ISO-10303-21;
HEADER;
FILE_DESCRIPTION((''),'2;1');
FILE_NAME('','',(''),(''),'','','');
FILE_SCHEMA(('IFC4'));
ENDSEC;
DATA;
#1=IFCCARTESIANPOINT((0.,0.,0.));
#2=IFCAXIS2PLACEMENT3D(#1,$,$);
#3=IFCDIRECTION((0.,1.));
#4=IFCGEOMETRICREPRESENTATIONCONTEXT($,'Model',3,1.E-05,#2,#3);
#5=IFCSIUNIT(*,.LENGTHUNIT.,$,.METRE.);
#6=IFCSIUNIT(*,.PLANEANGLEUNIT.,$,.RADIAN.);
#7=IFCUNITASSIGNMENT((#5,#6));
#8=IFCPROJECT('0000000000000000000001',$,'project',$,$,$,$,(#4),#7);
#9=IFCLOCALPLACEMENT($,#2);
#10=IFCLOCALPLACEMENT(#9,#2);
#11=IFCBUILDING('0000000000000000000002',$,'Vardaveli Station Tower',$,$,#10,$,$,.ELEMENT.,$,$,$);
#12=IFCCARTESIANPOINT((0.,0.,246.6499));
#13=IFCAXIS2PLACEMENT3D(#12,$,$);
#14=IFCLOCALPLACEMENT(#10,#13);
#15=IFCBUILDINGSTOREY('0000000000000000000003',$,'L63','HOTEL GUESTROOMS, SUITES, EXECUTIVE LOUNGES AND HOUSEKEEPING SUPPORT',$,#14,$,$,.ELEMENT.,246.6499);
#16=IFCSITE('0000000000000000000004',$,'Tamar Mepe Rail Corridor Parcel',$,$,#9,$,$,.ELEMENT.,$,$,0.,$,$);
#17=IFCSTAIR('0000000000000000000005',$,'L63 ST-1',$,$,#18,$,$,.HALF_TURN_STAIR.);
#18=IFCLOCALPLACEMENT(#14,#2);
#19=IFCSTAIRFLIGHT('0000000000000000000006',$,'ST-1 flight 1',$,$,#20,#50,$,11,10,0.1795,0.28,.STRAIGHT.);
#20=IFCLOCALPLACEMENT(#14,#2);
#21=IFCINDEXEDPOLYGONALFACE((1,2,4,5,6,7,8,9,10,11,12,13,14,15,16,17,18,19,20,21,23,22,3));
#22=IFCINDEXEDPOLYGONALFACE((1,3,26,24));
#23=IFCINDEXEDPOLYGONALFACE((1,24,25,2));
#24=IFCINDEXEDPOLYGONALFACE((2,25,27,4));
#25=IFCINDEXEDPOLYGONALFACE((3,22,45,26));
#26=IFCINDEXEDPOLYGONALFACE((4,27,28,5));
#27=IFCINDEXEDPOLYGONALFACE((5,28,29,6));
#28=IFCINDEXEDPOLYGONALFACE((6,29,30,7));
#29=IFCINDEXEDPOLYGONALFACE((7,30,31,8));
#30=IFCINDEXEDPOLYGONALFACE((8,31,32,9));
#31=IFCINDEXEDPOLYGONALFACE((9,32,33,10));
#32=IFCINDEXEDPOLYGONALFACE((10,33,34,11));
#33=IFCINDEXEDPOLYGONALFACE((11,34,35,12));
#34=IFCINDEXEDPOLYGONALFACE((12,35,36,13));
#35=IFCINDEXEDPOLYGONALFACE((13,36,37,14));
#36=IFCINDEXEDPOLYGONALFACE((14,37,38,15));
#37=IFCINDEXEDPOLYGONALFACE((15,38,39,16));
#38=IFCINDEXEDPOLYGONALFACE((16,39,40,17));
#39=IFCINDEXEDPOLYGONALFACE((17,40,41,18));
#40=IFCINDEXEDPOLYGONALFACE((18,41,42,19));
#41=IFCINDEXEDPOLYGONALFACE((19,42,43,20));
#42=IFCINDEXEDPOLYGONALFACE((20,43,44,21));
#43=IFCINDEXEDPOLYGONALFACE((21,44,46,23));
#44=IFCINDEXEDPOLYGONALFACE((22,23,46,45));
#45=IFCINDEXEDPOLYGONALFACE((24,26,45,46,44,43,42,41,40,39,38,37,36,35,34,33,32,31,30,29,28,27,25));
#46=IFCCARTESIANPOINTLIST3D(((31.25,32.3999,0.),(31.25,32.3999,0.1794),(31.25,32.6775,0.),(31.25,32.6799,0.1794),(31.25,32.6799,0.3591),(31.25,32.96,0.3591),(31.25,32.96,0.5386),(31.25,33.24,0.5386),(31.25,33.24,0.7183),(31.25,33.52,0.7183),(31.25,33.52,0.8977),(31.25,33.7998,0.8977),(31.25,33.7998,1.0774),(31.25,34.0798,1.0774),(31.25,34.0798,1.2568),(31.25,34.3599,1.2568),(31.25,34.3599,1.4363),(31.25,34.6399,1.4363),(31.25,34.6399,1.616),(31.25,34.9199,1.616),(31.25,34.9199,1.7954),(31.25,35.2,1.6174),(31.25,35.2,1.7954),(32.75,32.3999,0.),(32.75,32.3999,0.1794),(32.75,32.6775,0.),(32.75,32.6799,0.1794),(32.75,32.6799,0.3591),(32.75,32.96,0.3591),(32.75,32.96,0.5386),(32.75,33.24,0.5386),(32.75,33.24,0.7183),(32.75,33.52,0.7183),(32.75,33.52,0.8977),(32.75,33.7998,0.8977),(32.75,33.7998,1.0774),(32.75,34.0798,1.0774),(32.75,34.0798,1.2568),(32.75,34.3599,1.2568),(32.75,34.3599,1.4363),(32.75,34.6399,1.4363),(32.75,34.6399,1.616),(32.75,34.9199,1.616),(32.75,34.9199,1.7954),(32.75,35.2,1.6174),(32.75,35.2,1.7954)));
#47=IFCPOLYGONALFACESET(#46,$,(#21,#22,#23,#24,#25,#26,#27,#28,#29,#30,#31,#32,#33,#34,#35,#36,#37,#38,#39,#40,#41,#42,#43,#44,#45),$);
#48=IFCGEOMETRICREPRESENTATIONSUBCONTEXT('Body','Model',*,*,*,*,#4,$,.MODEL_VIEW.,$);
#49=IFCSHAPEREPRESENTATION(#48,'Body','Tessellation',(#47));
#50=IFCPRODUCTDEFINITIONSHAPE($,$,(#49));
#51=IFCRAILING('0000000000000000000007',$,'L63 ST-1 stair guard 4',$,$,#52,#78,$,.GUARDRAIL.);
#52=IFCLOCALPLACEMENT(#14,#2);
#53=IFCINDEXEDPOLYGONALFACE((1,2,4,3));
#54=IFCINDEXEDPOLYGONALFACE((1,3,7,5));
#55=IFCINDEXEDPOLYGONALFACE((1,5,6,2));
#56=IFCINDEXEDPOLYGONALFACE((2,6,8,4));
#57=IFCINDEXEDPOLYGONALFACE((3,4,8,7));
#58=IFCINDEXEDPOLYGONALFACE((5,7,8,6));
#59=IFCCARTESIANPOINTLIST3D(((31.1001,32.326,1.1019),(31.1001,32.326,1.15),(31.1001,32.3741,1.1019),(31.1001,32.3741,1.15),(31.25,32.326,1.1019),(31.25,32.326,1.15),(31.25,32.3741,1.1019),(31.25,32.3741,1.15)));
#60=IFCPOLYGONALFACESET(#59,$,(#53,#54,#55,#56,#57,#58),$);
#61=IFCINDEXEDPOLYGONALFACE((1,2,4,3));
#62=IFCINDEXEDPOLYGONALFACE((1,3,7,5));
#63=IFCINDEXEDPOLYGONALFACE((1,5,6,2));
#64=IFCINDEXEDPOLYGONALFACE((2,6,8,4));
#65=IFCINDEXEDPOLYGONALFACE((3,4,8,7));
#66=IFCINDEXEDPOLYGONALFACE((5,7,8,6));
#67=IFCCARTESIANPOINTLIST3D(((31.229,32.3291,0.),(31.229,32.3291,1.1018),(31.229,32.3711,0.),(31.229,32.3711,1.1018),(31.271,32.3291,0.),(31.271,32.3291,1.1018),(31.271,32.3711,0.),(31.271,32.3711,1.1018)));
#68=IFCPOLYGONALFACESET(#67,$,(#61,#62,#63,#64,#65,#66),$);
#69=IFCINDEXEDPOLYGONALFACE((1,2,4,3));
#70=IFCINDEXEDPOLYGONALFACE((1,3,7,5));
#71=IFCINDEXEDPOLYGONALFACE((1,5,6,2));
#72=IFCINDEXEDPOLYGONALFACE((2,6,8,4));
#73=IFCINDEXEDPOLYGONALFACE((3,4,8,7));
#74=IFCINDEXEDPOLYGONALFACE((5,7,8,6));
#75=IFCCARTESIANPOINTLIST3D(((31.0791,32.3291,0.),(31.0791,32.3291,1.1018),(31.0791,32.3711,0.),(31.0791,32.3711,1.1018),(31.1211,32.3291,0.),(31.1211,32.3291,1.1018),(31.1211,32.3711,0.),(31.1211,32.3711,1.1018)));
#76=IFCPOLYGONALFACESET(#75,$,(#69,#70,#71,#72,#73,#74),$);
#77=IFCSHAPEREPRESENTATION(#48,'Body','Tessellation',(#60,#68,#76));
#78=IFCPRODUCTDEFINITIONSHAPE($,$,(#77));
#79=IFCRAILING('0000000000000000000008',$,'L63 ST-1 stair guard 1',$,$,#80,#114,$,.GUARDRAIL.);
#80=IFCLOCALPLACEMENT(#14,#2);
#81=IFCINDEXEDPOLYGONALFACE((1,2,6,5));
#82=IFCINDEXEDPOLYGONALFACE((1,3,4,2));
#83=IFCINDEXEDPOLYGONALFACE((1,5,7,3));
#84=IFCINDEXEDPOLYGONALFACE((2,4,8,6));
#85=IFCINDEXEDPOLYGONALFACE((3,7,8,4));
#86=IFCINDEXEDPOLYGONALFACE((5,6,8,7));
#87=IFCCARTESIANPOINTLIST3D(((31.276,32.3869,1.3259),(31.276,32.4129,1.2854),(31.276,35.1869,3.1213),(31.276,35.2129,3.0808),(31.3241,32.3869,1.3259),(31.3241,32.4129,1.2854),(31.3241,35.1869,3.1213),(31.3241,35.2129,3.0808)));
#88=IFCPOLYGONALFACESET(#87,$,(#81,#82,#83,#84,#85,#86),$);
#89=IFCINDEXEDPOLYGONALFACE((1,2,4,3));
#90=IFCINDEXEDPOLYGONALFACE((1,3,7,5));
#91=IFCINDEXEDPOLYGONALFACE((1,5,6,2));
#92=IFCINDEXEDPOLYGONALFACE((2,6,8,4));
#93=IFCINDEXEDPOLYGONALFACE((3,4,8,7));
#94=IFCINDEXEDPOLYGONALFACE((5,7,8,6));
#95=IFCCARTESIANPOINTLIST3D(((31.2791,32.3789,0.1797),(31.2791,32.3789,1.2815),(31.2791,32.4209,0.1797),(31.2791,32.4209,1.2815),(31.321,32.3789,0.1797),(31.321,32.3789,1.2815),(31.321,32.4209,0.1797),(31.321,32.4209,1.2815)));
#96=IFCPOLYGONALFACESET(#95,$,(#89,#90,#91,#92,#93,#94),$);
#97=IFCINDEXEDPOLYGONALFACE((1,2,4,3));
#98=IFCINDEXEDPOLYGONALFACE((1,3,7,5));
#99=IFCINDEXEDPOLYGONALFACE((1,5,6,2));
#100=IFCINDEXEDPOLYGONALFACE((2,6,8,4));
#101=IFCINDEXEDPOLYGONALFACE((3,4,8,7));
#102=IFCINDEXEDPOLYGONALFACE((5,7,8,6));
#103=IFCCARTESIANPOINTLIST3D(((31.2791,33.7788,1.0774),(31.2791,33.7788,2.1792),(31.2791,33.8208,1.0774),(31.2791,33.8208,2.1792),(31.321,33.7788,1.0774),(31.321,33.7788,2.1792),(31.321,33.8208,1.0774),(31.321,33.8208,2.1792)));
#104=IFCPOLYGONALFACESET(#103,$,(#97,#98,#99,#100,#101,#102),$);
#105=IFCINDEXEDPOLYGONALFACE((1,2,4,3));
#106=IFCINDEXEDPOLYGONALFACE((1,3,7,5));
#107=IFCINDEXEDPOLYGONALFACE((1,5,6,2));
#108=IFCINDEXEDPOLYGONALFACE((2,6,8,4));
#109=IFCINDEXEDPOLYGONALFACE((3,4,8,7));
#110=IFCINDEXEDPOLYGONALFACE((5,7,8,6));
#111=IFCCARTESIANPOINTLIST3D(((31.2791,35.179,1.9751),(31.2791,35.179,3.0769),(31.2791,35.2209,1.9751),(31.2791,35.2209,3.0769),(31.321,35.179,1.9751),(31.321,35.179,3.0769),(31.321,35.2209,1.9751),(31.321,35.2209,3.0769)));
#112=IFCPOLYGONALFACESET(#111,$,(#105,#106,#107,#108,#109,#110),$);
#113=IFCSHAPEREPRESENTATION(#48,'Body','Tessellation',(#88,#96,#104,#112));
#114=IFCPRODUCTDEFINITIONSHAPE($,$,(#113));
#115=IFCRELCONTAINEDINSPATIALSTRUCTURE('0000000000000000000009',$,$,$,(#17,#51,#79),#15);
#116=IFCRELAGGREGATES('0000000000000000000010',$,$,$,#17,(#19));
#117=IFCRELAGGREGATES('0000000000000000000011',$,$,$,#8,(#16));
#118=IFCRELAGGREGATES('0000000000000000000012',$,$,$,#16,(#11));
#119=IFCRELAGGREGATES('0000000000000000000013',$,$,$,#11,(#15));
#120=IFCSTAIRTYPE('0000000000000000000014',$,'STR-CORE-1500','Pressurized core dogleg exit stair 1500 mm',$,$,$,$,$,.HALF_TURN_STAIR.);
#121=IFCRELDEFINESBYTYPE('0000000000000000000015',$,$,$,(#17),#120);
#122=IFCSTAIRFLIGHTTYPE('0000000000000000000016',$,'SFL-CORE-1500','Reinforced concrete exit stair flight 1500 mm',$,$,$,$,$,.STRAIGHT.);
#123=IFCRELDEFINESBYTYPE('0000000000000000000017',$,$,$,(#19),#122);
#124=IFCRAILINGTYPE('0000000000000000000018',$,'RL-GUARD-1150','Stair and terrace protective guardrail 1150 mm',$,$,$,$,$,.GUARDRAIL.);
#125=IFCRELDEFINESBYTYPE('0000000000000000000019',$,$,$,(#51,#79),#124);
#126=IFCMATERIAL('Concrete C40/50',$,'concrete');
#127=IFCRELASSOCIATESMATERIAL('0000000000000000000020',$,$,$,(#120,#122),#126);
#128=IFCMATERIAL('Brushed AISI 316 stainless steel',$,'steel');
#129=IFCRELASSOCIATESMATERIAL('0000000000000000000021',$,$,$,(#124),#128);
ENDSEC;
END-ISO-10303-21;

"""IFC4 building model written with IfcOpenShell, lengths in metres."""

from ifc_helpers import new_model, si_unit, direction, frame, origin, origin_2d, place, context, subcontext, project, spatial, polyline, rectangle, outline, extrude, source, transform, mapped, material, type_object, element, aggregate, save


model = new_model("IFC4")

# Units and contexts
model_context = context("Model", 3, precision=1e-05, world=origin(), true_north=direction((0.0, 1.0)))
body_context = subcontext(model_context, "Body", "Model", "MODEL_VIEW")
ifc_project = project(units=[si_unit("LENGTHUNIT", "METRE"), si_unit("PLANEANGLEUNIT", "RADIAN")], contexts=[model_context])

# Site, building, storey
site_placement = place(None, origin())
site = spatial("IfcSite", under=ifc_project, at=site_placement, Name="Tamar Mepe Rail Corridor Parcel", CompositionType="ELEMENT", RefElevation=0.0)
building_placement = place(site_placement, origin())
building = spatial("IfcBuilding", under=site, at=building_placement, Name="Vardaveli Station Tower", CompositionType="ELEMENT")
storey_placement = place(building_placement, frame((0.0, 0.0, 246.6499)))
storey = spatial("IfcBuildingStorey", under=building, at=storey_placement, Name="L63", Description="HOTEL GUESTROOMS, SUITES, EXECUTIVE LOUNGES AND HOUSEKEEPING SUPPORT", CompositionType="ELEMENT", Elevation=246.6499)

# Shared definitions
ifc_material_1 = material(Name="Concrete C40/50", Category="concrete")

# Stair, stair flight
stair_type = type_object("IfcStairType", Name="STR-CORE-1500", Description="Pressurized core dogleg exit stair 1500 mm", PredefinedType="HALF_TURN_STAIR", material=ifc_material_1)
stair_placement = place(storey_placement, origin())
stair = element("IfcStair", 1, at=stair_placement, inside=storey, type_object=stair_type, Name="L63 ST-1", PredefinedType="HALF_TURN_STAIR")
stair_flight_type = type_object("IfcStairFlightType", Name="SFL-CORE-1500", Description="Reinforced concrete exit stair flight 1500 mm", PredefinedType="STRAIGHT", material=ifc_material_1)
shared_shape_1 = source(origin(), body_context, "Body", "SweptSolid", [
    extrude(outline(polyline([(0.0, 0.0), (0.0, 0.1794), (0.28, 0.1794), (0.28, 0.3591), (0.5601, 0.3591), (0.5601, 0.5386), (0.8401, 0.5386), (0.8401, 0.7183), (1.1201, 0.7183), (1.1201, 0.8977), (1.3999, 0.8977), (1.3999, 1.0774), (1.6799, 1.0774), (1.6799, 1.2568), (1.96, 1.2568), (1.96, 1.4363), (2.24, 1.4363), (2.24, 1.616), (2.52, 1.616), (2.52, 1.7954), (2.8, 1.7954), (2.8, 1.9751), (2.8, 1.6174), (0.2776, 0.0), (0.0, 0.0)])), frame((0.0, 0.75, 0.0), z_axis=(0.0, -1.0, 0.0), x_axis=(1.0, 0.0, 0.0)), (0.0, 0.0, 1.0), 1.5),
])
stair_flight_placement = place(storey_placement, frame((32.0, 32.3999, 0.0), z_axis=(0.0, 0.0, 1.0), x_axis=(0.0, 1.0, 0.0)))
stair_flight = element("IfcStairFlight", 2, at=stair_flight_placement, type_object=stair_flight_type, Name="ST-1 flight 1", NumberOfRisers=11, NumberOfTreads=10, PredefinedType="STRAIGHT", RiserHeight=0.1795, TreadLength=0.28, context=body_context, shape_type="MappedRepresentation", body=[
    mapped(shared_shape_1, transform((0.0, 0.0, 0.0), scale=1.0)),
])
aggregate(stair, [stair_flight])

# Railings
ifc_material_2 = material(Name="Brushed AISI 316 stainless steel", Category="steel")
railing_type = type_object("IfcRailingType", Name="RL-GUARD-1150", Description="Stair and terrace protective guardrail 1150 mm", PredefinedType="GUARDRAIL", material=ifc_material_2)
shared_shape_2 = source(origin(), body_context, "Body", "SweptSolid", [
    extrude(rectangle(XDim=0.0481, YDim=0.0481, at=origin_2d()), frame((0.0, 0.0, 1.126), z_axis=(-1.0, 0.0, 0.0), x_axis=(0.0, -1.0, 0.0)), (0.0, 0.0, 1.0), 0.1499),
    extrude(rectangle(XDim=0.042, YDim=0.042, at=origin_2d()), origin(), (0.0, 0.0, 1.0), 1.1018),
    extrude(rectangle(XDim=0.042, YDim=0.042, at=origin_2d()), frame((-0.1499, 0.0, 0.0)), (0.0, 0.0, 1.0), 1.1018),
])
railing_1_placement = place(storey_placement, frame((31.25, 32.3501, 0.0)))
element("IfcRailing", 3, at=railing_1_placement, inside=storey, type_object=railing_type, Name="L63 ST-1 stair guard 4", PredefinedType="GUARDRAIL", context=body_context, shape_type="MappedRepresentation", body=[
    mapped(shared_shape_2, transform((0.0, 0.0, 0.0), scale=1.0)),
])
shared_shape_3 = source(origin(), body_context, "Body", "SweptSolid", [
    extrude(rectangle(XDim=0.0481, YDim=0.0481, at=origin_2d()), frame((0.0, 0.0, 1.126), z_axis=(0.0, 0.84181, 0.539774), x_axis=(-1.0, 0.0, 0.0)), (0.0, 0.0, 1.0), 3.3262),
    extrude(rectangle(XDim=0.042, YDim=0.042, at=origin_2d()), origin(), (0.0, 0.0, 1.0), 1.1018),
    extrude(rectangle(XDim=0.042, YDim=0.042, at=origin_2d()), frame((0.0, 1.3999, 0.8977)), (0.0, 0.0, 1.0), 1.1018),
    extrude(rectangle(XDim=0.042, YDim=0.042, at=origin_2d()), frame((0.0, 2.8, 1.7954)), (0.0, 0.0, 1.0), 1.1018),
])
railing_2_placement = place(storey_placement, frame((31.3, 32.3999, 0.1797)))
element("IfcRailing", 4, at=railing_2_placement, inside=storey, type_object=railing_type, Name="L63 ST-1 stair guard 1", PredefinedType="GUARDRAIL", context=body_context, shape_type="MappedRepresentation", body=[
    mapped(shared_shape_3, transform((0.0, 0.0, 0.0), scale=1.0)),
])

save(model, "model.ifc")
